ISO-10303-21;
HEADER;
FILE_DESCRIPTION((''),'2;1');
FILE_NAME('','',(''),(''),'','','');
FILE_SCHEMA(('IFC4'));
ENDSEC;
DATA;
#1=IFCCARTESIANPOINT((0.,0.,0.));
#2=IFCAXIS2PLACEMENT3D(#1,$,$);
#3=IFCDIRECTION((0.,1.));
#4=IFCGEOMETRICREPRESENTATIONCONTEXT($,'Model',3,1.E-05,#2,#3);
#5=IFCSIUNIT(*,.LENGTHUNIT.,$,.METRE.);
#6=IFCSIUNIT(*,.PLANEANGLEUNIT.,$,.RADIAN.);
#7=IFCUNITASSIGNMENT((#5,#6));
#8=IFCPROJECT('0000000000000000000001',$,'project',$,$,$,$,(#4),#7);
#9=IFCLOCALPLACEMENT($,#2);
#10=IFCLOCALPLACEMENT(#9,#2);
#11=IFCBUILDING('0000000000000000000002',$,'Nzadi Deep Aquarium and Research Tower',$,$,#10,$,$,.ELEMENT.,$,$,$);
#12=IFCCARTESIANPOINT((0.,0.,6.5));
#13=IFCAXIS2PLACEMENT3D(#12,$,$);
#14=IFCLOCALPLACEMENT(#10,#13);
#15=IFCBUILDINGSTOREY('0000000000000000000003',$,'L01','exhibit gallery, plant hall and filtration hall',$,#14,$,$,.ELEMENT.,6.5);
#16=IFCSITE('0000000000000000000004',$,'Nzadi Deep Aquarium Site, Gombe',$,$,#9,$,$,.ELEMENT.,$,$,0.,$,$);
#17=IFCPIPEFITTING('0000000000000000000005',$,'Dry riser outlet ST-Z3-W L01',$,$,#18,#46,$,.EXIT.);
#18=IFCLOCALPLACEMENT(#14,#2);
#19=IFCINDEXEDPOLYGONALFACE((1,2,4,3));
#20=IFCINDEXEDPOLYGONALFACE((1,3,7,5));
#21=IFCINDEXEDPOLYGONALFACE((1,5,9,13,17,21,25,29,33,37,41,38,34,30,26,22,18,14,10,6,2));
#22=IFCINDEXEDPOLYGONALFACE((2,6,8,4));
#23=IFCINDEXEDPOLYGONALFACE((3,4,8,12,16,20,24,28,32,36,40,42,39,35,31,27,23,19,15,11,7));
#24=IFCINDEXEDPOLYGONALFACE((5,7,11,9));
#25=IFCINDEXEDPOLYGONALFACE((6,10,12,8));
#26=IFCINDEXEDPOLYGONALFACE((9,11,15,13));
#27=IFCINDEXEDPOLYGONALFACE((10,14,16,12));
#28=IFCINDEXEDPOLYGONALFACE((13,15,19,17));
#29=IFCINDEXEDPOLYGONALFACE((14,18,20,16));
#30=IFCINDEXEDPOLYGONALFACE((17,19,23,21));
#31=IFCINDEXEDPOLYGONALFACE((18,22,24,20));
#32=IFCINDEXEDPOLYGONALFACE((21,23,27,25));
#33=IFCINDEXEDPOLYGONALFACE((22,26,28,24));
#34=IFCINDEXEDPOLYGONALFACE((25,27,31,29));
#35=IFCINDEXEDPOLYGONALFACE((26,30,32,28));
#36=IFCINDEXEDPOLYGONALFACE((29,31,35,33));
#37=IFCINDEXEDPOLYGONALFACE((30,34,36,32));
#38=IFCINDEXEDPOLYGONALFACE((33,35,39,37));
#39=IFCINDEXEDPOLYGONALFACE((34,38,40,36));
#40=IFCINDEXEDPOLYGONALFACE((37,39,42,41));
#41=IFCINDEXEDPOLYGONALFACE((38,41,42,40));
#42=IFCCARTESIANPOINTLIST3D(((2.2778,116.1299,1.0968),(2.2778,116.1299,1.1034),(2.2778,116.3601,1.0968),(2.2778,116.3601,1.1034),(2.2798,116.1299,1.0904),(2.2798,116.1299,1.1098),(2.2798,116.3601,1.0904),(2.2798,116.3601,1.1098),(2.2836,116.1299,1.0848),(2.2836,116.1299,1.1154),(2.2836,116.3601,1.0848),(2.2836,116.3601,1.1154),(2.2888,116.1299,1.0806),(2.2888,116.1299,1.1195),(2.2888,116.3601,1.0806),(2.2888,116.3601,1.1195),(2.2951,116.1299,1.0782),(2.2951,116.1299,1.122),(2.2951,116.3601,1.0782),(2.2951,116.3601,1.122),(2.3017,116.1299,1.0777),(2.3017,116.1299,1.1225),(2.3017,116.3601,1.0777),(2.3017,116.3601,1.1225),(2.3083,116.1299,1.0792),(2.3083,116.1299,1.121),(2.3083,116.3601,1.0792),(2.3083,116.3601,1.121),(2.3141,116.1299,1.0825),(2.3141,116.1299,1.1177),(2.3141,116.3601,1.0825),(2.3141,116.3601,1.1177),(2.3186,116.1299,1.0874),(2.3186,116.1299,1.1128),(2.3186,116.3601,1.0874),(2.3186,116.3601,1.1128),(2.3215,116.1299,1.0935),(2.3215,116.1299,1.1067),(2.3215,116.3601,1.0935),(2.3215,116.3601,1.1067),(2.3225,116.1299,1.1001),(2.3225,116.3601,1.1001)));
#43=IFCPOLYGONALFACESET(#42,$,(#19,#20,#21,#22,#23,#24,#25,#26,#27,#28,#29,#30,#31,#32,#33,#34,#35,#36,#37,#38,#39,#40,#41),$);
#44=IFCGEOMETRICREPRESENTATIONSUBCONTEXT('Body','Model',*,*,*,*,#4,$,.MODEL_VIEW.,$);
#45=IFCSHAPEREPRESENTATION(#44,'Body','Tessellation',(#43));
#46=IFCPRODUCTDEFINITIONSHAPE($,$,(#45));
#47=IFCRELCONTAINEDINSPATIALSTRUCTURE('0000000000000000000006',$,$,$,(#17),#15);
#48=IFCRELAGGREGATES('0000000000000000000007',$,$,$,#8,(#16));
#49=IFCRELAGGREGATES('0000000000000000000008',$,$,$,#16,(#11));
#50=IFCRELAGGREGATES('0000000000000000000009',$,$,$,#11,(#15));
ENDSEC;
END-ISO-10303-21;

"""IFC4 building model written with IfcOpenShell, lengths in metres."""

from ifc_helpers import new_model, si_unit, direction, frame, origin, origin_2d, place, context, subcontext, project, spatial, circle, extrude, element, save


model = new_model("IFC4")

# Units and contexts
model_context = context("Model", 3, precision=1e-05, world=origin(), true_north=direction((0.0, 1.0)))
body_context = subcontext(model_context, "Body", "Model", "MODEL_VIEW")
ifc_project = project(units=[si_unit("LENGTHUNIT", "METRE"), si_unit("PLANEANGLEUNIT", "RADIAN")], contexts=[model_context])

# Site, building, storey
site_placement = place(None, origin())
site = spatial("IfcSite", under=ifc_project, at=site_placement, Name="Nzadi Deep Aquarium Site, Gombe", CompositionType="ELEMENT", RefElevation=0.0)
building_placement = place(site_placement, origin())
building = spatial("IfcBuilding", under=site, at=building_placement, Name="Nzadi Deep Aquarium and Research Tower", CompositionType="ELEMENT")
storey_placement = place(building_placement, frame((0.0, 0.0, 6.5)))
storey = spatial("IfcBuildingStorey", under=building, at=storey_placement, Name="L01", Description="exhibit gallery, plant hall and filtration hall", CompositionType="ELEMENT", Elevation=6.5)

# Pipe fitting
pipe_fitting_placement = place(storey_placement, frame((2.3, 116.3601, 1.1001), z_axis=(0.0, -1.0, 0.0), x_axis=(1.0, 0.0, 0.0)))
element("IfcPipeFitting", 1, at=pipe_fitting_placement, inside=storey, Name="Dry riser outlet ST-Z3-W L01", PredefinedType="EXIT", context=body_context, shape_type="SweptSolid", body=[
    extrude(circle(Radius=0.0225, at=origin_2d()), origin(), (0.0, 0.0, 1.0), 0.2302),
])

save(model, "model.ifc")
